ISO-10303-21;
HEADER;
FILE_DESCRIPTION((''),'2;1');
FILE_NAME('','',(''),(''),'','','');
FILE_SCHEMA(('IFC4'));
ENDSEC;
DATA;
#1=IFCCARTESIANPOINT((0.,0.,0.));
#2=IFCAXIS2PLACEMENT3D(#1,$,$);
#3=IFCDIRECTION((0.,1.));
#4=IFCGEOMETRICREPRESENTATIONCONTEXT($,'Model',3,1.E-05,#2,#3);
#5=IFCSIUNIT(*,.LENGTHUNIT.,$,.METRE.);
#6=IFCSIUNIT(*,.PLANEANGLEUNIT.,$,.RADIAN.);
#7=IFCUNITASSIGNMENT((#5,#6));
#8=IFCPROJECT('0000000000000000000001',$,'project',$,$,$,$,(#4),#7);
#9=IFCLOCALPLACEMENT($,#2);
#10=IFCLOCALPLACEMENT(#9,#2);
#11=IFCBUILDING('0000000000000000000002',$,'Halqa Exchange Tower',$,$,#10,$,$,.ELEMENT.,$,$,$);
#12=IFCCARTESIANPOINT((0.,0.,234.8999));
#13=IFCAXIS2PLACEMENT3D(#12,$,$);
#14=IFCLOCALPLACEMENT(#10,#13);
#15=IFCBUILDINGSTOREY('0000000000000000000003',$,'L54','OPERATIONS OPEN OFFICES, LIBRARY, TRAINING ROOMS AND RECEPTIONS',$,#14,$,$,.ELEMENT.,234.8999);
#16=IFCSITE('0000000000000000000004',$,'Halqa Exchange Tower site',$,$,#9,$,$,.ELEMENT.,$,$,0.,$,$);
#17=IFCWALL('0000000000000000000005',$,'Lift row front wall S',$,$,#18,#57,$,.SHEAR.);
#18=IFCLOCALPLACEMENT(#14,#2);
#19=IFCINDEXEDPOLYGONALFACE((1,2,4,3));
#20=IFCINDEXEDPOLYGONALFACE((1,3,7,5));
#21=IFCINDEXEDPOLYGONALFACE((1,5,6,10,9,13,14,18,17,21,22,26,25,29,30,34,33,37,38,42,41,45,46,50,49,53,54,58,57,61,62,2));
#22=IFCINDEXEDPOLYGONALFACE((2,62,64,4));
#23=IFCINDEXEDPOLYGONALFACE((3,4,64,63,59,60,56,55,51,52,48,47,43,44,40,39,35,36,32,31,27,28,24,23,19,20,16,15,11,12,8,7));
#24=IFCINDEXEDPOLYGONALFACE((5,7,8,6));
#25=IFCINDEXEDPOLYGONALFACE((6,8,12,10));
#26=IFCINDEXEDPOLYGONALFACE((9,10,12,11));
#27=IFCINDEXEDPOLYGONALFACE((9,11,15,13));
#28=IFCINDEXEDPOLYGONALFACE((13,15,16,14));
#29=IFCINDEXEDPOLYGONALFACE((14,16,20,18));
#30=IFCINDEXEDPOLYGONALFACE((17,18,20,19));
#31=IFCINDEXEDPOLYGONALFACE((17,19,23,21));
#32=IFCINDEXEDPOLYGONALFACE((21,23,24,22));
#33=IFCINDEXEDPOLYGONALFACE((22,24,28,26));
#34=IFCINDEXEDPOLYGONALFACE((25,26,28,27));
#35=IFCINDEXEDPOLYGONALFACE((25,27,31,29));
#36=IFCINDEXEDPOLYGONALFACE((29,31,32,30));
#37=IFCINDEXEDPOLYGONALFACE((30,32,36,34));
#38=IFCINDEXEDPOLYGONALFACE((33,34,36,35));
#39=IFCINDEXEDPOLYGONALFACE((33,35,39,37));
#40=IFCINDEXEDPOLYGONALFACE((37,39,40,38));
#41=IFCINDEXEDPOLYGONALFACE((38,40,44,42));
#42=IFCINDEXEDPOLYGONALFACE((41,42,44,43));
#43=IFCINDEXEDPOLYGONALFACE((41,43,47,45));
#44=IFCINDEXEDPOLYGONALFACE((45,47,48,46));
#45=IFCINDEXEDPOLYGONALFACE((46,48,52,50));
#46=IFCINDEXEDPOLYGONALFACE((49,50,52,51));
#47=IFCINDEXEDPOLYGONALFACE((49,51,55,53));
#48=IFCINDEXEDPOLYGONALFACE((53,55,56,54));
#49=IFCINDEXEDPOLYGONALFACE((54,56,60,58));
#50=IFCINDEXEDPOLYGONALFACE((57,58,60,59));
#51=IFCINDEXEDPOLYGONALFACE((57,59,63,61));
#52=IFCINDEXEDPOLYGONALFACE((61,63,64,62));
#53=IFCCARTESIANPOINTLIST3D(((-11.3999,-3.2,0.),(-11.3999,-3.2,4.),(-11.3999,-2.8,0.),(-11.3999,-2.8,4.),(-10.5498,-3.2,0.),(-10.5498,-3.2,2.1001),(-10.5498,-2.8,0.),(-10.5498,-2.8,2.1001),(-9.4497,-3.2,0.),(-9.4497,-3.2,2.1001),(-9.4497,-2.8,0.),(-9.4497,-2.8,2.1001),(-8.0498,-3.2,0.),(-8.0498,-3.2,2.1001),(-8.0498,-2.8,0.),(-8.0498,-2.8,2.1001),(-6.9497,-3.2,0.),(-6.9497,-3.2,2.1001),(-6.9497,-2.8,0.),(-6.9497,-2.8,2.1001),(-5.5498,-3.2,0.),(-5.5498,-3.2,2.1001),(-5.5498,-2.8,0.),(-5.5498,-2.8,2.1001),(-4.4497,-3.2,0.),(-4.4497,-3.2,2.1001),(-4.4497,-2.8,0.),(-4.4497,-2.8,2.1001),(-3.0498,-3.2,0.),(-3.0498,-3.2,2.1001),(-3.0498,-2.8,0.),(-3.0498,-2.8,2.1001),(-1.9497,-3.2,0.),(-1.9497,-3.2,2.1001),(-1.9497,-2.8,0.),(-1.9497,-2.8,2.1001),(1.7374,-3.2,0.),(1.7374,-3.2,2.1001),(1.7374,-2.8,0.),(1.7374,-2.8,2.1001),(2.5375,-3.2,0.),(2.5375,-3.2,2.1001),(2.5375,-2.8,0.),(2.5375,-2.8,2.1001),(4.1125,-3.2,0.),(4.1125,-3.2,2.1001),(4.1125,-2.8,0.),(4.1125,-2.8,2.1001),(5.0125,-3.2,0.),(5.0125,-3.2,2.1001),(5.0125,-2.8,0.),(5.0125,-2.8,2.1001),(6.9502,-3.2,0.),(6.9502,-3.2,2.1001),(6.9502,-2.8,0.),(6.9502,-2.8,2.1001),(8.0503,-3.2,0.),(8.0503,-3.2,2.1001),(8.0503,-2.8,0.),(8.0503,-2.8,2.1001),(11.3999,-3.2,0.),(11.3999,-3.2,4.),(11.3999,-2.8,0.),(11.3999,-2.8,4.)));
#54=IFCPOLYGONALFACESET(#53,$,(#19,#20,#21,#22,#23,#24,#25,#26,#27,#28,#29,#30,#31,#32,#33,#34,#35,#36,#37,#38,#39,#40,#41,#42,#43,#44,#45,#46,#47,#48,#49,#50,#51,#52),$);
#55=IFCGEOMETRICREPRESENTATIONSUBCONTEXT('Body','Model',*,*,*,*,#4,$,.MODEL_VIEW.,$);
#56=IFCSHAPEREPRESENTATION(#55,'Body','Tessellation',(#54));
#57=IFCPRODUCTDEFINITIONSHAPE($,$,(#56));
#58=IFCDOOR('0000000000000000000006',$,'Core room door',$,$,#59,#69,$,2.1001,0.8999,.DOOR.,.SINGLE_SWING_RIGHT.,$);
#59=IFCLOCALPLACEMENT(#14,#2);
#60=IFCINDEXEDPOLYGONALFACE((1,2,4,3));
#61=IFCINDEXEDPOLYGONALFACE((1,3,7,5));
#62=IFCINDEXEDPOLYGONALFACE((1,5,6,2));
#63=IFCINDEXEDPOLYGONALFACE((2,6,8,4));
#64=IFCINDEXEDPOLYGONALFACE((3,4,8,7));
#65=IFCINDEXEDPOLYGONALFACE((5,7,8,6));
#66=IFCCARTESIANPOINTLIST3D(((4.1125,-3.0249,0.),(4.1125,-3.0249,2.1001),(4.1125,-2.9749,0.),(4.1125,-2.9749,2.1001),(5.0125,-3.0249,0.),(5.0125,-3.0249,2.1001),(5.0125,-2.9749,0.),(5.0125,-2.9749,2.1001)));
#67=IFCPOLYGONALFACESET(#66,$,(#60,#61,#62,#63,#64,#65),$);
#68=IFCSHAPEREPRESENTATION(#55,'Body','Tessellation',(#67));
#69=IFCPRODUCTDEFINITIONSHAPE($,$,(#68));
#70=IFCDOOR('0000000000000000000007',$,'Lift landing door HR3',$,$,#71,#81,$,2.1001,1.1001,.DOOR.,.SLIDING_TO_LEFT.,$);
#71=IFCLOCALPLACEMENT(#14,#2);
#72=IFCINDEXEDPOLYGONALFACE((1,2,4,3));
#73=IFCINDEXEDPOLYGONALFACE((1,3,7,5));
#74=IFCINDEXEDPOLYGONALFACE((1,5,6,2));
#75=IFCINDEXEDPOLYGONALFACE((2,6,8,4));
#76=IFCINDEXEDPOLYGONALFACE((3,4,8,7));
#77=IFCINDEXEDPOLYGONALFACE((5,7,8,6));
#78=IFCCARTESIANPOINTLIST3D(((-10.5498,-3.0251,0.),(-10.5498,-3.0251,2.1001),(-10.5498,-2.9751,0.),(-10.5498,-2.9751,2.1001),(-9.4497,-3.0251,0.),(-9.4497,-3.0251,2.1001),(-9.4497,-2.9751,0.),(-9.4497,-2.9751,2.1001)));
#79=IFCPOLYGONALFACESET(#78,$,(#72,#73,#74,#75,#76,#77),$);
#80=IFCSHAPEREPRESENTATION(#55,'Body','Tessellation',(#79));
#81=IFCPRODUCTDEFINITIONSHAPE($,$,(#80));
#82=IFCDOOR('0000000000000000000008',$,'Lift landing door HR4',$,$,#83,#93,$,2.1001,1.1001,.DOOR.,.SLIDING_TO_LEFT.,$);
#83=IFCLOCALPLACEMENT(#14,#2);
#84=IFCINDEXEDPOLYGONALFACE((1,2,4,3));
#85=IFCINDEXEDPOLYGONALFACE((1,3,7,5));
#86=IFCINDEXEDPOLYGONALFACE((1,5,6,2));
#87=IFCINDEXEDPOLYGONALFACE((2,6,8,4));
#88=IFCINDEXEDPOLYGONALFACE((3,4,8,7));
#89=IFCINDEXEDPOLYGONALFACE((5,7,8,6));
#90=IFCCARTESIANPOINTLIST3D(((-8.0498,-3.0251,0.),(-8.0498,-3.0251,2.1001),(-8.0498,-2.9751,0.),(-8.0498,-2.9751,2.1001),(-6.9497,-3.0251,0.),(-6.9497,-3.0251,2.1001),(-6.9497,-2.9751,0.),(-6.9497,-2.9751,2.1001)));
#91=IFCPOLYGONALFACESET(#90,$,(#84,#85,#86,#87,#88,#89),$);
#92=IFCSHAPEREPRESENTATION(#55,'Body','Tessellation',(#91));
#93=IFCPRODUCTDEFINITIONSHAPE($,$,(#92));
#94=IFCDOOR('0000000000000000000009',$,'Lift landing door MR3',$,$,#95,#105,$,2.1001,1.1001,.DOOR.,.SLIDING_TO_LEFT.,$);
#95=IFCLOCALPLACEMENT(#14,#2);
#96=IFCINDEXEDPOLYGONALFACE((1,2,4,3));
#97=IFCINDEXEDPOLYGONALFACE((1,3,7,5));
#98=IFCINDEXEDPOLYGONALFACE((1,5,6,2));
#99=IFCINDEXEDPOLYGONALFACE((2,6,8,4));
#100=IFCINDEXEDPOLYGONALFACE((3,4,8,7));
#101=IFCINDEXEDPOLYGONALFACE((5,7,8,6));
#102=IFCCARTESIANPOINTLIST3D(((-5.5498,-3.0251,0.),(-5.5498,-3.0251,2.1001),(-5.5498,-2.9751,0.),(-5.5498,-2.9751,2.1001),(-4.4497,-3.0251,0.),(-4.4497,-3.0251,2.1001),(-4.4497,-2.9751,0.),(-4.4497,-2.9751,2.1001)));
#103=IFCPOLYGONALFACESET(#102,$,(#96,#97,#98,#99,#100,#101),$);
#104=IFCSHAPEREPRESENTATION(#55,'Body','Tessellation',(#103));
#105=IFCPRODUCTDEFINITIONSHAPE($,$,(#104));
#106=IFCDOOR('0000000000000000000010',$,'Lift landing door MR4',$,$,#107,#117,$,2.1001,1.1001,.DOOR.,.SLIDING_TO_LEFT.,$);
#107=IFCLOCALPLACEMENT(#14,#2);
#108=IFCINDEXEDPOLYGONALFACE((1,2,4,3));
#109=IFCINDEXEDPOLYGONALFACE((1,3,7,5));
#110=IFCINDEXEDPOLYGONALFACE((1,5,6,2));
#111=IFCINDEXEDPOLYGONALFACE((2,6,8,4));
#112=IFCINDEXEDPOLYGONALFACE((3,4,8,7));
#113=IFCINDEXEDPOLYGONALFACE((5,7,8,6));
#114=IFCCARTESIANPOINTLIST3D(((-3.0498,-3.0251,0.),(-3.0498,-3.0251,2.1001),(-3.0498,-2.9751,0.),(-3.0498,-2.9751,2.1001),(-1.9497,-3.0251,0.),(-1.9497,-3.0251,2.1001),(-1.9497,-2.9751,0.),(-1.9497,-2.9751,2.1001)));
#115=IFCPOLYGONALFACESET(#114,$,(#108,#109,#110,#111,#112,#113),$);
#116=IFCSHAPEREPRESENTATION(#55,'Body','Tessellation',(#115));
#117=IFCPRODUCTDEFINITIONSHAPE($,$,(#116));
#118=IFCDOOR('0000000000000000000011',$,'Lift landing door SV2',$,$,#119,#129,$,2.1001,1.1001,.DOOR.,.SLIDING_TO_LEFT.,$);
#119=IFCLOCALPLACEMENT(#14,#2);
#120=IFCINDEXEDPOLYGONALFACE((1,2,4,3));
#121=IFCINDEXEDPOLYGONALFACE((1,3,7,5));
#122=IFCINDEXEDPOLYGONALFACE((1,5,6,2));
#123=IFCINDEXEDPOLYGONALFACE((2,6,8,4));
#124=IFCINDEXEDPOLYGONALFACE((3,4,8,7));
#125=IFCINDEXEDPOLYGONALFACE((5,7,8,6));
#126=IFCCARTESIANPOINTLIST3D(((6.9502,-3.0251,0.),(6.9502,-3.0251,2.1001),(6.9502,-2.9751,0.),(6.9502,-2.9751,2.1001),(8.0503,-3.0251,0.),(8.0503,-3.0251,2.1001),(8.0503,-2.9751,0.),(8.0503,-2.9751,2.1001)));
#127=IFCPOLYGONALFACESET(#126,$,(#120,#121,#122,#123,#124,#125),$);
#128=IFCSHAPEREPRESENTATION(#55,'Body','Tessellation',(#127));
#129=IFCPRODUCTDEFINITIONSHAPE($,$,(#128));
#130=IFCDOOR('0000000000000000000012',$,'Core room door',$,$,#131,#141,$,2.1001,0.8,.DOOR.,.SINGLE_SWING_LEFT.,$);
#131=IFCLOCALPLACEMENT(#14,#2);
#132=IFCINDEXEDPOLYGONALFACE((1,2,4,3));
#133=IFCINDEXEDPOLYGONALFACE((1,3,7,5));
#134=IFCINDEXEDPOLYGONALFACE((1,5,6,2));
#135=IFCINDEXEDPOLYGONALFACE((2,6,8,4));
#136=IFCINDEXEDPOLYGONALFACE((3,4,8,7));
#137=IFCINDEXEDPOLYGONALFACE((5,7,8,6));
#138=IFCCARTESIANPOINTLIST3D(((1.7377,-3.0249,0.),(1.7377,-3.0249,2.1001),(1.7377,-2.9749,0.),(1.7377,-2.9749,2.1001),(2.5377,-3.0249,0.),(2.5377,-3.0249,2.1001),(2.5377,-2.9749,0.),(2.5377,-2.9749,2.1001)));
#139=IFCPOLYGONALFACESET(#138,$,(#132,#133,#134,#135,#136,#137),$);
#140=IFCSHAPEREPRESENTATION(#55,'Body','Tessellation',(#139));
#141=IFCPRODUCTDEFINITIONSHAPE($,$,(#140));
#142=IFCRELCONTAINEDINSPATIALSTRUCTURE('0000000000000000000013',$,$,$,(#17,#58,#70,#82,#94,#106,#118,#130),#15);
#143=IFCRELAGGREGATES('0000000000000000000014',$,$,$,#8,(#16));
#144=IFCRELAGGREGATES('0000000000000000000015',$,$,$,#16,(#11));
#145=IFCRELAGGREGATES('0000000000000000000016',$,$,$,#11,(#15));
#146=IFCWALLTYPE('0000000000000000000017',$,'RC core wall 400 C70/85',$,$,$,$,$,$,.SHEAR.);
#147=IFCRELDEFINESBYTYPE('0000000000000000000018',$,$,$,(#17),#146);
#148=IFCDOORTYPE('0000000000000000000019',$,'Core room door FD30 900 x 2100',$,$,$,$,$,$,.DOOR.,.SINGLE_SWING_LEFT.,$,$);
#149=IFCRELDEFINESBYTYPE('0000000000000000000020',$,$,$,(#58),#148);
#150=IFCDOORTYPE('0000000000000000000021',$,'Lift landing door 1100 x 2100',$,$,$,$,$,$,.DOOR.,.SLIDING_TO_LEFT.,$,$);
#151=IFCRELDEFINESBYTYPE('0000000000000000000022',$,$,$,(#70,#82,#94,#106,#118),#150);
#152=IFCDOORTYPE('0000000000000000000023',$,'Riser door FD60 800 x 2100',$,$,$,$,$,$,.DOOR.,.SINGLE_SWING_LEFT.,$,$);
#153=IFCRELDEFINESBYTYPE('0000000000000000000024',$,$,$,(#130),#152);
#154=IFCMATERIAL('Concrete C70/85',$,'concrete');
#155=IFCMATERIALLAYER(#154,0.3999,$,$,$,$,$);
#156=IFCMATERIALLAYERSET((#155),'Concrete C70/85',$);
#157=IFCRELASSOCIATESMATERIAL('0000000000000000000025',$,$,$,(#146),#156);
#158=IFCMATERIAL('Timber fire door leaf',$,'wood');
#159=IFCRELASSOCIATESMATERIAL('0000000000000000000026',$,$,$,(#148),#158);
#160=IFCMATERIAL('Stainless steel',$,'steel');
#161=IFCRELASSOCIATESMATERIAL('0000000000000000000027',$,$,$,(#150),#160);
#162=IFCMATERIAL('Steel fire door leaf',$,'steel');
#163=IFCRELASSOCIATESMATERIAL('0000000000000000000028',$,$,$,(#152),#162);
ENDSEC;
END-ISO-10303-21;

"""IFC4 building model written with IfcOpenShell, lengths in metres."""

from ifc_helpers import new_model, si_unit, direction, frame, frame_2d, origin, place, context, subcontext, project, spatial, rectangle, extrude, material, layer, layer_set, type_object, element, fill, save


model = new_model("IFC4")

# Units and contexts
model_context = context("Model", 3, precision=1e-05, world=origin(), true_north=direction((0.0, 1.0)))
body_context = subcontext(model_context, "Body", "Model", "MODEL_VIEW")
ifc_project = project(units=[si_unit("LENGTHUNIT", "METRE"), si_unit("PLANEANGLEUNIT", "RADIAN")], contexts=[model_context])

# Site, building, storey
site_placement = place(None, origin())
site = spatial("IfcSite", under=ifc_project, at=site_placement, Name="Halqa Exchange Tower site", CompositionType="ELEMENT", RefElevation=0.0)
building_placement = place(site_placement, origin())
building = spatial("IfcBuilding", under=site, at=building_placement, Name="Halqa Exchange Tower", CompositionType="ELEMENT")
storey_placement = place(building_placement, frame((0.0, 0.0, 234.8999)))
storey = spatial("IfcBuildingStorey", under=building, at=storey_placement, Name="L54", Description="OPERATIONS OPEN OFFICES, LIBRARY, TRAINING ROOMS AND RECEPTIONS", CompositionType="ELEMENT", Elevation=234.8999)

# Wall, openings, doors
ifc_material_1 = material(Name="Concrete C70/85", Category="concrete")
ifc_layer_1 = layer(ifc_material_1, 0.3999)
ifc_layer_set_1 = layer_set([ifc_layer_1], Name="Concrete C70/85")
wall_type_1 = type_object("IfcWallType", Name="RC core wall 400 C70/85", PredefinedType="SHEAR", material=ifc_layer_set_1)
wall_1_placement = place(storey_placement, frame((-11.3999, -3.0, 0.0), z_axis=(0.0, 0.0, 1.0), x_axis=(1.0, 0.0, 0.0)))
wall_1 = element("IfcWall", 1, at=wall_1_placement, inside=storey, type_object=wall_type_1, Name="Lift row front wall S", PredefinedType="SHEAR", context=body_context, shape_type="SweptSolid", body=[
    extrude(rectangle(XDim=22.7998, YDim=0.3999, at=frame_2d((11.3999, 0.0))), origin(), (0.0, 0.0, 1.0), 4.0),
])
opening_1_placement = place(wall_1_placement, frame((0.8501, 0.0, 0.0)))
opening_1 = element("IfcOpeningElement", 2, at=opening_1_placement, cuts=wall_1, PredefinedType="OPENING", context=body_context, shape_type="SweptSolid", body=[
    extrude(rectangle(XDim=1.1001, YDim=2.1001, at=frame_2d((0.55, 1.05))), frame((0.0, 0.2119, 0.0), z_axis=(0.0, -1.0, 0.0), x_axis=(1.0, 0.0, 0.0)), (0.0, 0.0, 1.0), 0.4238),
])
opening_2_placement = place(wall_1_placement, frame((3.3501, 0.0, 0.0)))
opening_2 = element("IfcOpeningElement", 3, at=opening_2_placement, cuts=wall_1, PredefinedType="OPENING", context=body_context, shape_type="SweptSolid", body=[
    extrude(rectangle(XDim=1.1001, YDim=2.1001, at=frame_2d((0.55, 1.05))), frame((0.0, 0.2119, 0.0), z_axis=(0.0, -1.0, 0.0), x_axis=(1.0, 0.0, 0.0)), (0.0, 0.0, 1.0), 0.4238),
])
opening_3_placement = place(wall_1_placement, frame((5.8501, 0.0, 0.0)))
opening_3 = element("IfcOpeningElement", 4, at=opening_3_placement, cuts=wall_1, PredefinedType="OPENING", context=body_context, shape_type="SweptSolid", body=[
    extrude(rectangle(XDim=1.1001, YDim=2.1001, at=frame_2d((0.55, 1.05))), frame((0.0, 0.2119, 0.0), z_axis=(0.0, -1.0, 0.0), x_axis=(1.0, 0.0, 0.0)), (0.0, 0.0, 1.0), 0.4238),
])
opening_4_placement = place(wall_1_placement, frame((8.3501, 0.0, 0.0)))
opening_4 = element("IfcOpeningElement", 5, at=opening_4_placement, cuts=wall_1, PredefinedType="OPENING", context=body_context, shape_type="SweptSolid", body=[
    extrude(rectangle(XDim=1.1001, YDim=2.1001, at=frame_2d((0.55, 1.05))), frame((0.0, 0.2119, 0.0), z_axis=(0.0, -1.0, 0.0), x_axis=(1.0, 0.0, 0.0)), (0.0, 0.0, 1.0), 0.4238),
])
opening_5_placement = place(wall_1_placement, frame((18.3501, 0.0, 0.0)))
opening_5 = element("IfcOpeningElement", 6, at=opening_5_placement, cuts=wall_1, PredefinedType="OPENING", context=body_context, shape_type="SweptSolid", body=[
    extrude(rectangle(XDim=1.1001, YDim=2.1001, at=frame_2d((0.55, 1.05))), frame((0.0, 0.2119, 0.0), z_axis=(0.0, -1.0, 0.0), x_axis=(1.0, 0.0, 0.0)), (0.0, 0.0, 1.0), 0.4238),
])
opening_6_placement = place(wall_1_placement, frame((13.1375, 0.0, 0.0)))
opening_6 = element("IfcOpeningElement", 7, at=opening_6_placement, cuts=wall_1, PredefinedType="OPENING", context=body_context, shape_type="SweptSolid", body=[
    extrude(rectangle(XDim=0.8, YDim=2.1001, at=frame_2d((0.3999, 1.05))), frame((0.0, 0.2119, 0.0), z_axis=(0.0, -1.0, 0.0), x_axis=(1.0, 0.0, 0.0)), (0.0, 0.0, 1.0), 0.4238),
])
opening_7_placement = place(wall_1_placement, frame((15.5125, 0.0, 0.0)))
opening_7 = element("IfcOpeningElement", 8, at=opening_7_placement, cuts=wall_1, PredefinedType="OPENING", context=body_context, shape_type="SweptSolid", body=[
    extrude(rectangle(XDim=0.8999, YDim=2.1001, at=frame_2d((0.45, 1.05))), frame((0.0, 0.2119, 0.0), z_axis=(0.0, -1.0, 0.0), x_axis=(1.0, 0.0, 0.0)), (0.0, 0.0, 1.0), 0.4238),
])
ifc_material_2 = material(Name="Timber fire door leaf", Category="wood")
door_type_1 = type_object("IfcDoorType", Name="Core room door FD30 900 x 2100", OperationType="SINGLE_SWING_LEFT", PredefinedType="DOOR", material=ifc_material_2)
door_1_placement = place(opening_7_placement, frame((0.8999, 0.0, 0.0), z_axis=(0.0, 0.0, 1.0), x_axis=(-1.0, 0.0, 0.0)))
door_1 = element("IfcDoor", 9, at=door_1_placement, inside=storey, type_object=door_type_1, Name="Core room door", OperationType="SINGLE_SWING_RIGHT", OverallHeight=2.1001, OverallWidth=0.8999, PredefinedType="DOOR", context=body_context, shape_type="SweptSolid", body=[
    extrude(rectangle(XDim=0.8999, YDim=2.1001, at=frame_2d((0.45, 1.05))), frame((0.0, 0.0249, 0.0), z_axis=(0.0, -1.0, 0.0), x_axis=(1.0, 0.0, 0.0)), (0.0, 0.0, 1.0), 0.05),
])
fill(opening_7, door_1)
ifc_material_3 = material(Name="Stainless steel", Category="steel")
door_type_2 = type_object("IfcDoorType", Name="Lift landing door 1100 x 2100", OperationType="SLIDING_TO_LEFT", PredefinedType="DOOR", material=ifc_material_3)
door_2_placement = place(opening_1_placement, origin())
door_2 = element("IfcDoor", 10, at=door_2_placement, inside=storey, type_object=door_type_2, Name="Lift landing door HR3", OperationType="SLIDING_TO_LEFT", OverallHeight=2.1001, OverallWidth=1.1001, PredefinedType="DOOR", context=body_context, shape_type="SweptSolid", body=[
    extrude(rectangle(XDim=1.1001, YDim=2.1001, at=frame_2d((0.55, 1.05))), frame((0.0, 0.0249, 0.0), z_axis=(0.0, -1.0, 0.0), x_axis=(1.0, 0.0, 0.0)), (0.0, 0.0, 1.0), 0.05),
])
fill(opening_1, door_2)
door_3_placement = place(opening_2_placement, origin())
door_3 = element("IfcDoor", 11, at=door_3_placement, inside=storey, type_object=door_type_2, Name="Lift landing door HR4", OperationType="SLIDING_TO_LEFT", OverallHeight=2.1001, OverallWidth=1.1001, PredefinedType="DOOR", context=body_context, shape_type="SweptSolid", body=[
    extrude(rectangle(XDim=1.1001, YDim=2.1001, at=frame_2d((0.55, 1.05))), frame((0.0, 0.0249, 0.0), z_axis=(0.0, -1.0, 0.0), x_axis=(1.0, 0.0, 0.0)), (0.0, 0.0, 1.0), 0.05),
])
fill(opening_2, door_3)
door_4_placement = place(opening_3_placement, origin())
door_4 = element("IfcDoor", 12, at=door_4_placement, inside=storey, type_object=door_type_2, Name="Lift landing door MR3", OperationType="SLIDING_TO_LEFT", OverallHeight=2.1001, OverallWidth=1.1001, PredefinedType="DOOR", context=body_context, shape_type="SweptSolid", body=[
    extrude(rectangle(XDim=1.1001, YDim=2.1001, at=frame_2d((0.55, 1.05))), frame((0.0, 0.0249, 0.0), z_axis=(0.0, -1.0, 0.0), x_axis=(1.0, 0.0, 0.0)), (0.0, 0.0, 1.0), 0.05),
])
fill(opening_3, door_4)
door_5_placement = place(opening_4_placement, origin())
door_5 = element("IfcDoor", 13, at=door_5_placement, inside=storey, type_object=door_type_2, Name="Lift landing door MR4", OperationType="SLIDING_TO_LEFT", OverallHeight=2.1001, OverallWidth=1.1001, PredefinedType="DOOR", context=body_context, shape_type="SweptSolid", body=[
    extrude(rectangle(XDim=1.1001, YDim=2.1001, at=frame_2d((0.55, 1.05))), frame((0.0, 0.0249, 0.0), z_axis=(0.0, -1.0, 0.0), x_axis=(1.0, 0.0, 0.0)), (0.0, 0.0, 1.0), 0.05),
])
fill(opening_4, door_5)
door_6_placement = place(opening_5_placement, origin())
door_6 = element("IfcDoor", 14, at=door_6_placement, inside=storey, type_object=door_type_2, Name="Lift landing door SV2", OperationType="SLIDING_TO_LEFT", OverallHeight=2.1001, OverallWidth=1.1001, PredefinedType="DOOR", context=body_context, shape_type="SweptSolid", body=[
    extrude(rectangle(XDim=1.1001, YDim=2.1001, at=frame_2d((0.55, 1.05))), frame((0.0, 0.0249, 0.0), z_axis=(0.0, -1.0, 0.0), x_axis=(1.0, 0.0, 0.0)), (0.0, 0.0, 1.0), 0.05),
])
fill(opening_5, door_6)
ifc_material_4 = material(Name="Steel fire door leaf", Category="steel")
door_type_3 = type_object("IfcDoorType", Name="Riser door FD60 800 x 2100", OperationType="SINGLE_SWING_LEFT", PredefinedType="DOOR", material=ifc_material_4)
door_7_placement = place(opening_6_placement, frame((0.8, 0.0, 0.0), z_axis=(0.0, 0.0, 1.0), x_axis=(-1.0, 0.0, 0.0)))
door_7 = element("IfcDoor", 15, at=door_7_placement, inside=storey, type_object=door_type_3, Name="Core room door", OperationType="SINGLE_SWING_LEFT", OverallHeight=2.1001, OverallWidth=0.8, PredefinedType="DOOR", context=body_context, shape_type="SweptSolid", body=[
    extrude(rectangle(XDim=0.8, YDim=2.1001, at=frame_2d((0.3999, 1.05))), frame((0.0, 0.0249, 0.0), z_axis=(0.0, -1.0, 0.0), x_axis=(1.0, 0.0, 0.0)), (0.0, 0.0, 1.0), 0.05),
])
fill(opening_6, door_7)

save(model, "model.ifc")
